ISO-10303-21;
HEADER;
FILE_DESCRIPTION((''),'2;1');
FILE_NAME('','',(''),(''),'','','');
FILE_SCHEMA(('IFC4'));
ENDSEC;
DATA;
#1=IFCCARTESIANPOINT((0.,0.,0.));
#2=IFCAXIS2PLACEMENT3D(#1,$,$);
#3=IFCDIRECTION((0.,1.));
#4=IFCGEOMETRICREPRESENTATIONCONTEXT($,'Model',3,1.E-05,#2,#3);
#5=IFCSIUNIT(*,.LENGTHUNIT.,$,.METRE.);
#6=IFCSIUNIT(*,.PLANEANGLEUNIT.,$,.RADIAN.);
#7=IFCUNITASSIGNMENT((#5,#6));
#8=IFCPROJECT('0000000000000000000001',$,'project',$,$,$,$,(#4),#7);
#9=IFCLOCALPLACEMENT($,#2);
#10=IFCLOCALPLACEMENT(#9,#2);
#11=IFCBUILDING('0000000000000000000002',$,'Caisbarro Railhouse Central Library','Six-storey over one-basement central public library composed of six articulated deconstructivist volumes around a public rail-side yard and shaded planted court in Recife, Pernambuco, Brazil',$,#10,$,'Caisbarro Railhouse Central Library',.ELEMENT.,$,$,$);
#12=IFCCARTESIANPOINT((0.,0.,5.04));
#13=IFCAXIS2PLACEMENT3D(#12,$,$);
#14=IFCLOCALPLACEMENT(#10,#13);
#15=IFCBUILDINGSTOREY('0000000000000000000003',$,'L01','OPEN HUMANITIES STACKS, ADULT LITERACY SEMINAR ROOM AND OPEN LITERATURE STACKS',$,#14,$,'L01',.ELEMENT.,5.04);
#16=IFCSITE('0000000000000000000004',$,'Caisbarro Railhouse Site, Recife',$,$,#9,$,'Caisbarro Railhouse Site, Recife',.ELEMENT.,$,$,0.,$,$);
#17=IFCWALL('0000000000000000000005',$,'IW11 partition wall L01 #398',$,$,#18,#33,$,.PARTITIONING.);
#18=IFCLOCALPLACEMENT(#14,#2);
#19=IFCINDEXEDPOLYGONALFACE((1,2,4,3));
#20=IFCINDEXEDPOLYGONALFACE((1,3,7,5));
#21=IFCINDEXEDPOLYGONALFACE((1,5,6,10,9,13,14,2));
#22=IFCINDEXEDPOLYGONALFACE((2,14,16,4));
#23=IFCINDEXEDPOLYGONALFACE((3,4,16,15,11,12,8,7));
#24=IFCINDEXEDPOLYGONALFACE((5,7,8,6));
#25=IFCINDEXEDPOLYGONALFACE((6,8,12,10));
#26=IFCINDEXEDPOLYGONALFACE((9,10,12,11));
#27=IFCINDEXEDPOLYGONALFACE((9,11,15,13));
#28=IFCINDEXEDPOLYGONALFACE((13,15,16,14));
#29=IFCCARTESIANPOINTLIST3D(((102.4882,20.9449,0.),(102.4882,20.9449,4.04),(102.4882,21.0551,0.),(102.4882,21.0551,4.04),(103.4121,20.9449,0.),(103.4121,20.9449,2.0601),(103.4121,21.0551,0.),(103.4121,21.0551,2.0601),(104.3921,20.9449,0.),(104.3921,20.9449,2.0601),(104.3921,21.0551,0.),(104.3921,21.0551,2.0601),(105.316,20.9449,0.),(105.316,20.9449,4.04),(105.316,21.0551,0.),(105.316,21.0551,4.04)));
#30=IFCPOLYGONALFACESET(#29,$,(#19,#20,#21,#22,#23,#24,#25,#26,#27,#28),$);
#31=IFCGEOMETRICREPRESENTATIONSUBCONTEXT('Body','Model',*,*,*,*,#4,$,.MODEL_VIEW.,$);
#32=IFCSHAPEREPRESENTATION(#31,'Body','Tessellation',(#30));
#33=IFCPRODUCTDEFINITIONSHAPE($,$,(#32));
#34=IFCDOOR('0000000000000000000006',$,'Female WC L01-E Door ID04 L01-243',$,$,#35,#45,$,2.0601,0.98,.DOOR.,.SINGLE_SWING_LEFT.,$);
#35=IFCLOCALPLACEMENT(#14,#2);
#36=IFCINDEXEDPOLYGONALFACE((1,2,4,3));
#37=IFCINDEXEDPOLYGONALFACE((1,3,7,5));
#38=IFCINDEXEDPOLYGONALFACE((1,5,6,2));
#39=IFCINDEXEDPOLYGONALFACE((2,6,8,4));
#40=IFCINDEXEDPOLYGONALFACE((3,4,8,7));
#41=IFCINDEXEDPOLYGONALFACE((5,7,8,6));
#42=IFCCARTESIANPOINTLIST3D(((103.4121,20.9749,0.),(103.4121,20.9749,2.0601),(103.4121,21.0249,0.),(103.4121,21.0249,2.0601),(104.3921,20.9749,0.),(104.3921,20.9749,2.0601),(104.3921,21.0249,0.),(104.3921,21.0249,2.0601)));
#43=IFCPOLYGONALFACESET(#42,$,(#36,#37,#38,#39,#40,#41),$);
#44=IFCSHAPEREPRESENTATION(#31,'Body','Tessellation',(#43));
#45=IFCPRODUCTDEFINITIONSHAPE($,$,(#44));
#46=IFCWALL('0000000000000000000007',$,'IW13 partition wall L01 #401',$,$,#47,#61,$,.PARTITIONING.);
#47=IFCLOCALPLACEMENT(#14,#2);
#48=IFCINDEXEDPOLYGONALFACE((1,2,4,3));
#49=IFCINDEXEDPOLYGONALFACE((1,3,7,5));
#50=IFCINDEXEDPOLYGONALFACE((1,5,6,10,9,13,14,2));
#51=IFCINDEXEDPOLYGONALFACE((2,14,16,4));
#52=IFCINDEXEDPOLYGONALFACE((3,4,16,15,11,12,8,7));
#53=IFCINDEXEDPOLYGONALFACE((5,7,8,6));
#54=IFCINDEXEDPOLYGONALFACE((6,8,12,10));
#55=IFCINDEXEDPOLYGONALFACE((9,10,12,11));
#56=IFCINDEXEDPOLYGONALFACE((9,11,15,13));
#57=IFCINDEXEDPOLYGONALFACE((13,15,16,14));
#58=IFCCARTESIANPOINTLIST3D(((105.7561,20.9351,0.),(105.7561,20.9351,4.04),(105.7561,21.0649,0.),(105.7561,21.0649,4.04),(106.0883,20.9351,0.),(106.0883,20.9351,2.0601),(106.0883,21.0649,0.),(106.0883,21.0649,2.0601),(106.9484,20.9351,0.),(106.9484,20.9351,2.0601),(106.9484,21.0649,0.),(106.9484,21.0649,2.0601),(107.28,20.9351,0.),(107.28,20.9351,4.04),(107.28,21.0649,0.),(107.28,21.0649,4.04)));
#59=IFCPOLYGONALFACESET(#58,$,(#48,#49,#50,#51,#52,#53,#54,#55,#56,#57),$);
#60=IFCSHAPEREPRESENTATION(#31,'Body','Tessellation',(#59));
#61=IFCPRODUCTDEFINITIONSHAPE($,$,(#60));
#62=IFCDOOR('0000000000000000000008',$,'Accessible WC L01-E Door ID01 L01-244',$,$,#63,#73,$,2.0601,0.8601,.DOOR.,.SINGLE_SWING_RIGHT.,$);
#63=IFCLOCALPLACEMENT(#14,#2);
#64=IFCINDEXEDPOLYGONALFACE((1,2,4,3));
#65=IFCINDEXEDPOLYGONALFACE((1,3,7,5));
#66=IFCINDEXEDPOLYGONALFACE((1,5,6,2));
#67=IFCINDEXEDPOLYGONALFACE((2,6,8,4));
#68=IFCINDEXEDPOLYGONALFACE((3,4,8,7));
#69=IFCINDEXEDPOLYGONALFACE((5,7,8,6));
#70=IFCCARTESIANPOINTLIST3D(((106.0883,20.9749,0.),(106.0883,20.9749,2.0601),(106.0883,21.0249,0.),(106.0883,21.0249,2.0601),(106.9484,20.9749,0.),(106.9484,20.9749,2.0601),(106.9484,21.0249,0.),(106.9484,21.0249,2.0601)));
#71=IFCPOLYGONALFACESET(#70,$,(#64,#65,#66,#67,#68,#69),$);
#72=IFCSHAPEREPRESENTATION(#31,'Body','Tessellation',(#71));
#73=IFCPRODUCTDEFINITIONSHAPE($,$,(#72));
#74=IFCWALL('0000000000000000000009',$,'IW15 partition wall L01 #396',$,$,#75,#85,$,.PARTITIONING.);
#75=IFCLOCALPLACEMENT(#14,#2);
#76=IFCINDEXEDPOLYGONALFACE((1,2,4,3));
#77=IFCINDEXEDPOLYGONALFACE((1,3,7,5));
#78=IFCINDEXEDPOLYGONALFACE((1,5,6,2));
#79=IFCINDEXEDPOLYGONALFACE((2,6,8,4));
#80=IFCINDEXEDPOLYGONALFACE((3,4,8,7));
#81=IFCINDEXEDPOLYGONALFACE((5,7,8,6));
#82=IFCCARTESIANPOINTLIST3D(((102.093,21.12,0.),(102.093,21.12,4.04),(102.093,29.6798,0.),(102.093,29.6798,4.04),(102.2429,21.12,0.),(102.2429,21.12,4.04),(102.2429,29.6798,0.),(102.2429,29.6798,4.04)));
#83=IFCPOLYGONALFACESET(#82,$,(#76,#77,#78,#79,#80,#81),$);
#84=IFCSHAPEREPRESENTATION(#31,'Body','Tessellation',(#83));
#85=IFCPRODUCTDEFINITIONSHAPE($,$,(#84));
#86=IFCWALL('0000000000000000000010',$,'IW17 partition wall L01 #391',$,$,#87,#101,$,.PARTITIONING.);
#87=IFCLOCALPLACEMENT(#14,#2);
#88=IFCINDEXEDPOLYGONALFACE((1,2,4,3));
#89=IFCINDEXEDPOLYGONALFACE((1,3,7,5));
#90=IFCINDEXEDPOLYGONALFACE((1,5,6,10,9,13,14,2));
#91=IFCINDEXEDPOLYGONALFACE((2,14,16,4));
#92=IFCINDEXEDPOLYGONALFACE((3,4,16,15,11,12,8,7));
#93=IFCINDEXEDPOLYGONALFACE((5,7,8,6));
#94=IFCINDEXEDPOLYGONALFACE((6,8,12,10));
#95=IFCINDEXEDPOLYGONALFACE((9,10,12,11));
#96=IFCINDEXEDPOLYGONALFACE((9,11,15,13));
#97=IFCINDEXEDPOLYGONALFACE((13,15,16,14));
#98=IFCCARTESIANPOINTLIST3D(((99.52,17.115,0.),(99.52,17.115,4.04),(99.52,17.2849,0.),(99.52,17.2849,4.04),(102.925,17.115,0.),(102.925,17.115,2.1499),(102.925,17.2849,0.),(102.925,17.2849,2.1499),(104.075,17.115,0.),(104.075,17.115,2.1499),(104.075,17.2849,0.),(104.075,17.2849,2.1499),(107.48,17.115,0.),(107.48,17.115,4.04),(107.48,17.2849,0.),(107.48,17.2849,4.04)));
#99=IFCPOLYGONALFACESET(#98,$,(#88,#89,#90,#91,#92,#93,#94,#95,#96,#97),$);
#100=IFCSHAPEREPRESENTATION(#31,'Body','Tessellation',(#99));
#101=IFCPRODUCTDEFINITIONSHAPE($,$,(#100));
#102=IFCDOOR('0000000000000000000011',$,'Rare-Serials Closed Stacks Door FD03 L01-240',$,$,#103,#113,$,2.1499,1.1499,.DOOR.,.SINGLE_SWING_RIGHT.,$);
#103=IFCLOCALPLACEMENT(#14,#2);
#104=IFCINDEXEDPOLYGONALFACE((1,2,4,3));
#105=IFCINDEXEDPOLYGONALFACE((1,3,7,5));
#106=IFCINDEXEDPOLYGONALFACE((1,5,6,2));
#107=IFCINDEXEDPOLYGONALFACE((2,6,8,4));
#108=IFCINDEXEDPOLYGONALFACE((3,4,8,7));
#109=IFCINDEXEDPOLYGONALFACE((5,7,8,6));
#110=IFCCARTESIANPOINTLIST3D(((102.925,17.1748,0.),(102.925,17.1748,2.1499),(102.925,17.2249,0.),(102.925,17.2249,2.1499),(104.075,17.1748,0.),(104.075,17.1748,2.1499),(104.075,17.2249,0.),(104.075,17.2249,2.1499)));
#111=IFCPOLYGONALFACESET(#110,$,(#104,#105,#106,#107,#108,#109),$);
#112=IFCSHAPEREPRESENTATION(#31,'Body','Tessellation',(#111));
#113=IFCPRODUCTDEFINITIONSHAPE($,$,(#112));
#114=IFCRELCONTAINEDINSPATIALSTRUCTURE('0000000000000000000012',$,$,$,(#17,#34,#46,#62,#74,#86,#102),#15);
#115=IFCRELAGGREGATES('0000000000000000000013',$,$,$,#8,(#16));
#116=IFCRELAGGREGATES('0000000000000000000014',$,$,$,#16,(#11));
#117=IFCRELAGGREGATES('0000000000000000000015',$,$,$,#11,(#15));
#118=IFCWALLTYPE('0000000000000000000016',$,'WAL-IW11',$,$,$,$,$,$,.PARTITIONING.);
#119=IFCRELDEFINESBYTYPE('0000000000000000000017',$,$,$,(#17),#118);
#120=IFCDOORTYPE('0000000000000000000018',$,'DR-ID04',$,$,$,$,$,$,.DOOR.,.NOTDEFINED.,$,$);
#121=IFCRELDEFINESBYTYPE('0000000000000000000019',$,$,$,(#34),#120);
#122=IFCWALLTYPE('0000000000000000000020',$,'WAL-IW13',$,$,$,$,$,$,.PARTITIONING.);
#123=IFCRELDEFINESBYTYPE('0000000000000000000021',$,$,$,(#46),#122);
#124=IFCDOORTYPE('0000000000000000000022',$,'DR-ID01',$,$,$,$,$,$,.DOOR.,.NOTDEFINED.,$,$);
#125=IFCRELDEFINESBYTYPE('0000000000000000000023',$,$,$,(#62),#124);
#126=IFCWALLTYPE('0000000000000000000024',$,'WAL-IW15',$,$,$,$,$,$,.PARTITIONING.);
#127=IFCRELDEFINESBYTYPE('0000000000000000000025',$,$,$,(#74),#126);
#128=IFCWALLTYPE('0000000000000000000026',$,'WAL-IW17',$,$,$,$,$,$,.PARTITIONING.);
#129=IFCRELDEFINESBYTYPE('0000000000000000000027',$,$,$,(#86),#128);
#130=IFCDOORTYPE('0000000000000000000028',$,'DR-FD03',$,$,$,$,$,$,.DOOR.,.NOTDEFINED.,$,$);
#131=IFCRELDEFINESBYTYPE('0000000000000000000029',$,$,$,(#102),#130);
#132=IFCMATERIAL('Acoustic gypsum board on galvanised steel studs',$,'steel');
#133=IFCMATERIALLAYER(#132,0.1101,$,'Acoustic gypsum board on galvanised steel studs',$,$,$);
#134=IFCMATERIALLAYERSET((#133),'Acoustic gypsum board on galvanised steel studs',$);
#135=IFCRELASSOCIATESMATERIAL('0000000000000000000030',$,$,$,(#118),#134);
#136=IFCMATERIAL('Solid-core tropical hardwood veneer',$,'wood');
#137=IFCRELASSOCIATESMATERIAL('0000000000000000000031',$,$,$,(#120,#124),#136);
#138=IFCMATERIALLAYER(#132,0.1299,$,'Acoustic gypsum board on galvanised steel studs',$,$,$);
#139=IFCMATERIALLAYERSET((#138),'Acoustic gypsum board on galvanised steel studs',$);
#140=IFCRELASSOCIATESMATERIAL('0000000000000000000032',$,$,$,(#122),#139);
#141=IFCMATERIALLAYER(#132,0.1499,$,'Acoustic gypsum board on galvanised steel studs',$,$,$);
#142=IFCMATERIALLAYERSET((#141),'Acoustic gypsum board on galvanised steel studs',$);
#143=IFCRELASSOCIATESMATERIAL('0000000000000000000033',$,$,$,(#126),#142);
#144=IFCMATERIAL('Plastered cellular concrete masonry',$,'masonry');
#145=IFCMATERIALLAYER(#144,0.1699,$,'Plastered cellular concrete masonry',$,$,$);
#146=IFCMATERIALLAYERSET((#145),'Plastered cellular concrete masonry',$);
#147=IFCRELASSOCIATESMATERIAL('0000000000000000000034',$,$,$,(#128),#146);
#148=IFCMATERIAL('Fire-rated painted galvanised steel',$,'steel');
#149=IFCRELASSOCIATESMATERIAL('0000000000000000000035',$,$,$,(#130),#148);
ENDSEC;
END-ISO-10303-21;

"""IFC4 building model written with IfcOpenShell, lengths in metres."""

from ifc_helpers import new_model, si_unit, direction, frame, frame_2d, origin, place, context, subcontext, project, spatial, rectangle, extrude, material, layer, layer_set, type_object, element, fill, save


model = new_model("IFC4")

# Units and contexts
model_context = context("Model", 3, precision=1e-05, world=origin(), true_north=direction((0.0, 1.0)))
body_context = subcontext(model_context, "Body", "Model", "MODEL_VIEW")
ifc_project = project(units=[si_unit("LENGTHUNIT", "METRE"), si_unit("PLANEANGLEUNIT", "RADIAN")], contexts=[model_context])

# Site, building, storey
site_placement = place(None, origin())
site = spatial("IfcSite", under=ifc_project, at=site_placement, Name="Caisbarro Railhouse Site, Recife", LongName="Caisbarro Railhouse Site, Recife", CompositionType="ELEMENT", RefElevation=0.0)
building_placement = place(site_placement, origin())
building = spatial("IfcBuilding", under=site, at=building_placement, Name="Caisbarro Railhouse Central Library", Description="Six-storey over one-basement central public library composed of six articulated deconstructivist volumes around a public rail-side yard and shaded planted court in Recife, Pernambuco, Brazil", LongName="Caisbarro Railhouse Central Library", CompositionType="ELEMENT")
storey_placement = place(building_placement, frame((0.0, 0.0, 5.04)))
storey = spatial("IfcBuildingStorey", under=building, at=storey_placement, Name="L01", Description="OPEN HUMANITIES STACKS, ADULT LITERACY SEMINAR ROOM AND OPEN LITERATURE STACKS", LongName="L01", CompositionType="ELEMENT", Elevation=5.04)

# Shared definitions
ifc_material_1 = material(Name="Acoustic gypsum board on galvanised steel studs", Category="steel")

# Walls, openings, doors
ifc_layer_1 = layer(ifc_material_1, 0.1101, Name="Acoustic gypsum board on galvanised steel studs")
ifc_layer_set_1 = layer_set([ifc_layer_1], Name="Acoustic gypsum board on galvanised steel studs")
wall_type_1 = type_object("IfcWallType", Name="WAL-IW11", PredefinedType="PARTITIONING", material=ifc_layer_set_1)
ifc_material_2 = material(Name="Solid-core tropical hardwood veneer", Category="wood")
wall_1_placement = place(storey_placement, frame((102.488, 21.0, 0.0), z_axis=(0.0, 0.0, 1.0), x_axis=(1.0, 0.0, 0.0)))
wall_1 = element("IfcWall", 1, at=wall_1_placement, inside=storey, type_object=wall_type_1, Name="IW11 partition wall L01 #398", PredefinedType="PARTITIONING", context=body_context, shape_type="SweptSolid", body=[
    extrude(rectangle(XDim=2.8279, YDim=0.1101, at=frame_2d((1.4141, 0.0))), origin(), (0.0, 0.0, 1.0), 4.04),
])
opening_1_placement = place(wall_1_placement, frame((0.9241, 0.0, 0.0)))
opening_1 = element("IfcOpeningElement", 2, at=opening_1_placement, cuts=wall_1, PredefinedType="OPENING", context=body_context, shape_type="SweptSolid", body=[
    extrude(rectangle(XDim=0.98, YDim=2.0601, at=frame_2d((0.49, 1.03))), frame((0.0, 0.0649, 0.0), z_axis=(0.0, -1.0, 0.0), x_axis=(1.0, 0.0, 0.0)), (0.0, 0.0, 1.0), 0.1301),
])
door_type_1 = type_object("IfcDoorType", Name="DR-ID04", OperationType="NOTDEFINED", PredefinedType="DOOR", material=ifc_material_2)
door_1_placement = place(opening_1_placement, origin())
door_1 = element("IfcDoor", 3, at=door_1_placement, inside=storey, type_object=door_type_1, Name="Female WC L01-E Door ID04 L01-243", OperationType="SINGLE_SWING_LEFT", OverallHeight=2.0601, OverallWidth=0.98, PredefinedType="DOOR", context=body_context, shape_type="SweptSolid", body=[
    extrude(rectangle(XDim=0.98, YDim=2.0601, at=frame_2d((0.49, 1.03))), frame((0.0, 0.0249, 0.0), z_axis=(0.0, -1.0, 0.0), x_axis=(1.0, 0.0, 0.0)), (0.0, 0.0, 1.0), 0.05),
])
fill(opening_1, door_1)
ifc_layer_2 = layer(ifc_material_1, 0.1299, Name="Acoustic gypsum board on galvanised steel studs")
ifc_layer_set_2 = layer_set([ifc_layer_2], Name="Acoustic gypsum board on galvanised steel studs")
wall_type_2 = type_object("IfcWallType", Name="WAL-IW13", PredefinedType="PARTITIONING", material=ifc_layer_set_2)
wall_2_placement = place(storey_placement, frame((105.7561, 21.0, 0.0), z_axis=(0.0, 0.0, 1.0), x_axis=(1.0, 0.0, 0.0)))
wall_2 = element("IfcWall", 4, at=wall_2_placement, inside=storey, type_object=wall_type_2, Name="IW13 partition wall L01 #401", PredefinedType="PARTITIONING", context=body_context, shape_type="SweptSolid", body=[
    extrude(rectangle(XDim=1.5239, YDim=0.1299, at=frame_2d((0.762, 0.0))), origin(), (0.0, 0.0, 1.0), 4.04),
])
opening_2_placement = place(wall_2_placement, frame((0.332, 0.0, 0.0)))
opening_2 = element("IfcOpeningElement", 5, at=opening_2_placement, cuts=wall_2, PredefinedType="OPENING", context=body_context, shape_type="SweptSolid", body=[
    extrude(rectangle(XDim=0.8601, YDim=2.0601, at=frame_2d((0.4302, 1.03))), frame((0.0, 0.075, 0.0), z_axis=(0.0, -1.0, 0.0), x_axis=(1.0, 0.0, 0.0)), (0.0, 0.0, 1.0), 0.1499),
])
door_type_2 = type_object("IfcDoorType", Name="DR-ID01", OperationType="NOTDEFINED", PredefinedType="DOOR", material=ifc_material_2)
door_2_placement = place(opening_2_placement, origin())
door_2 = element("IfcDoor", 6, at=door_2_placement, inside=storey, type_object=door_type_2, Name="Accessible WC L01-E Door ID01 L01-244", OperationType="SINGLE_SWING_RIGHT", OverallHeight=2.0601, OverallWidth=0.8601, PredefinedType="DOOR", context=body_context, shape_type="SweptSolid", body=[
    extrude(rectangle(XDim=0.8601, YDim=2.0601, at=frame_2d((0.4302, 1.03))), frame((0.0, 0.0249, 0.0), z_axis=(0.0, -1.0, 0.0), x_axis=(1.0, 0.0, 0.0)), (0.0, 0.0, 1.0), 0.05),
])
fill(opening_2, door_2)

# Wall
ifc_layer_3 = layer(ifc_material_1, 0.1499, Name="Acoustic gypsum board on galvanised steel studs")
ifc_layer_set_3 = layer_set([ifc_layer_3], Name="Acoustic gypsum board on galvanised steel studs")
wall_type_3 = type_object("IfcWallType", Name="WAL-IW15", PredefinedType="PARTITIONING", material=ifc_layer_set_3)
wall_3_placement = place(storey_placement, frame((102.168, 21.1201, 0.0), z_axis=(0.0, 0.0, 1.0), x_axis=(0.0, 1.0, 0.0)))
element("IfcWall", 7, at=wall_3_placement, inside=storey, type_object=wall_type_3, Name="IW15 partition wall L01 #396", PredefinedType="PARTITIONING", context=body_context, shape_type="SweptSolid", body=[
    extrude(rectangle(XDim=8.5598, YDim=0.1499, at=frame_2d((4.2798, 0.0))), origin(), (0.0, 0.0, 1.0), 4.04),
])

# Wall, opening, door
ifc_material_3 = material(Name="Plastered cellular concrete masonry", Category="masonry")
ifc_layer_4 = layer(ifc_material_3, 0.1699, Name="Plastered cellular concrete masonry")
ifc_layer_set_4 = layer_set([ifc_layer_4], Name="Plastered cellular concrete masonry")
wall_type_4 = type_object("IfcWallType", Name="WAL-IW17", PredefinedType="PARTITIONING", material=ifc_layer_set_4)
wall_4_placement = place(storey_placement, frame((99.52, 17.2, 0.0), z_axis=(0.0, 0.0, 1.0), x_axis=(1.0, 0.0, 0.0)))
wall_4 = element("IfcWall", 8, at=wall_4_placement, inside=storey, type_object=wall_type_4, Name="IW17 partition wall L01 #391", PredefinedType="PARTITIONING", context=body_context, shape_type="SweptSolid", body=[
    extrude(rectangle(XDim=7.96, YDim=0.1699, at=frame_2d((3.98, 0.0))), origin(), (0.0, 0.0, 1.0), 4.04),
])
opening_3_placement = place(wall_4_placement, frame((3.405, 0.0, 0.0)))
opening_3 = element("IfcOpeningElement", 9, at=opening_3_placement, cuts=wall_4, PredefinedType="OPENING", context=body_context, shape_type="SweptSolid", body=[
    extrude(rectangle(XDim=1.1499, YDim=2.1499, at=frame_2d((0.575, 1.075))), frame((0.0, 0.095, 0.0), z_axis=(0.0, -1.0, 0.0), x_axis=(1.0, 0.0, 0.0)), (0.0, 0.0, 1.0), 0.1899),
])
ifc_material_4 = material(Name="Fire-rated painted galvanised steel", Category="steel")
door_type_3 = type_object("IfcDoorType", Name="DR-FD03", OperationType="NOTDEFINED", PredefinedType="DOOR", material=ifc_material_4)
door_3_placement = place(opening_3_placement, origin())
door_3 = element("IfcDoor", 10, at=door_3_placement, inside=storey, type_object=door_type_3, Name="Rare-Serials Closed Stacks Door FD03 L01-240", OperationType="SINGLE_SWING_RIGHT", OverallHeight=2.1499, OverallWidth=1.1499, PredefinedType="DOOR", context=body_context, shape_type="SweptSolid", body=[
    extrude(rectangle(XDim=1.1499, YDim=2.1499, at=frame_2d((0.575, 1.075))), frame((0.0, 0.0249, 0.0), z_axis=(0.0, -1.0, 0.0), x_axis=(1.0, 0.0, 0.0)), (0.0, 0.0, 1.0), 0.05),
])
fill(opening_3, door_3)

save(model, "model.ifc")
